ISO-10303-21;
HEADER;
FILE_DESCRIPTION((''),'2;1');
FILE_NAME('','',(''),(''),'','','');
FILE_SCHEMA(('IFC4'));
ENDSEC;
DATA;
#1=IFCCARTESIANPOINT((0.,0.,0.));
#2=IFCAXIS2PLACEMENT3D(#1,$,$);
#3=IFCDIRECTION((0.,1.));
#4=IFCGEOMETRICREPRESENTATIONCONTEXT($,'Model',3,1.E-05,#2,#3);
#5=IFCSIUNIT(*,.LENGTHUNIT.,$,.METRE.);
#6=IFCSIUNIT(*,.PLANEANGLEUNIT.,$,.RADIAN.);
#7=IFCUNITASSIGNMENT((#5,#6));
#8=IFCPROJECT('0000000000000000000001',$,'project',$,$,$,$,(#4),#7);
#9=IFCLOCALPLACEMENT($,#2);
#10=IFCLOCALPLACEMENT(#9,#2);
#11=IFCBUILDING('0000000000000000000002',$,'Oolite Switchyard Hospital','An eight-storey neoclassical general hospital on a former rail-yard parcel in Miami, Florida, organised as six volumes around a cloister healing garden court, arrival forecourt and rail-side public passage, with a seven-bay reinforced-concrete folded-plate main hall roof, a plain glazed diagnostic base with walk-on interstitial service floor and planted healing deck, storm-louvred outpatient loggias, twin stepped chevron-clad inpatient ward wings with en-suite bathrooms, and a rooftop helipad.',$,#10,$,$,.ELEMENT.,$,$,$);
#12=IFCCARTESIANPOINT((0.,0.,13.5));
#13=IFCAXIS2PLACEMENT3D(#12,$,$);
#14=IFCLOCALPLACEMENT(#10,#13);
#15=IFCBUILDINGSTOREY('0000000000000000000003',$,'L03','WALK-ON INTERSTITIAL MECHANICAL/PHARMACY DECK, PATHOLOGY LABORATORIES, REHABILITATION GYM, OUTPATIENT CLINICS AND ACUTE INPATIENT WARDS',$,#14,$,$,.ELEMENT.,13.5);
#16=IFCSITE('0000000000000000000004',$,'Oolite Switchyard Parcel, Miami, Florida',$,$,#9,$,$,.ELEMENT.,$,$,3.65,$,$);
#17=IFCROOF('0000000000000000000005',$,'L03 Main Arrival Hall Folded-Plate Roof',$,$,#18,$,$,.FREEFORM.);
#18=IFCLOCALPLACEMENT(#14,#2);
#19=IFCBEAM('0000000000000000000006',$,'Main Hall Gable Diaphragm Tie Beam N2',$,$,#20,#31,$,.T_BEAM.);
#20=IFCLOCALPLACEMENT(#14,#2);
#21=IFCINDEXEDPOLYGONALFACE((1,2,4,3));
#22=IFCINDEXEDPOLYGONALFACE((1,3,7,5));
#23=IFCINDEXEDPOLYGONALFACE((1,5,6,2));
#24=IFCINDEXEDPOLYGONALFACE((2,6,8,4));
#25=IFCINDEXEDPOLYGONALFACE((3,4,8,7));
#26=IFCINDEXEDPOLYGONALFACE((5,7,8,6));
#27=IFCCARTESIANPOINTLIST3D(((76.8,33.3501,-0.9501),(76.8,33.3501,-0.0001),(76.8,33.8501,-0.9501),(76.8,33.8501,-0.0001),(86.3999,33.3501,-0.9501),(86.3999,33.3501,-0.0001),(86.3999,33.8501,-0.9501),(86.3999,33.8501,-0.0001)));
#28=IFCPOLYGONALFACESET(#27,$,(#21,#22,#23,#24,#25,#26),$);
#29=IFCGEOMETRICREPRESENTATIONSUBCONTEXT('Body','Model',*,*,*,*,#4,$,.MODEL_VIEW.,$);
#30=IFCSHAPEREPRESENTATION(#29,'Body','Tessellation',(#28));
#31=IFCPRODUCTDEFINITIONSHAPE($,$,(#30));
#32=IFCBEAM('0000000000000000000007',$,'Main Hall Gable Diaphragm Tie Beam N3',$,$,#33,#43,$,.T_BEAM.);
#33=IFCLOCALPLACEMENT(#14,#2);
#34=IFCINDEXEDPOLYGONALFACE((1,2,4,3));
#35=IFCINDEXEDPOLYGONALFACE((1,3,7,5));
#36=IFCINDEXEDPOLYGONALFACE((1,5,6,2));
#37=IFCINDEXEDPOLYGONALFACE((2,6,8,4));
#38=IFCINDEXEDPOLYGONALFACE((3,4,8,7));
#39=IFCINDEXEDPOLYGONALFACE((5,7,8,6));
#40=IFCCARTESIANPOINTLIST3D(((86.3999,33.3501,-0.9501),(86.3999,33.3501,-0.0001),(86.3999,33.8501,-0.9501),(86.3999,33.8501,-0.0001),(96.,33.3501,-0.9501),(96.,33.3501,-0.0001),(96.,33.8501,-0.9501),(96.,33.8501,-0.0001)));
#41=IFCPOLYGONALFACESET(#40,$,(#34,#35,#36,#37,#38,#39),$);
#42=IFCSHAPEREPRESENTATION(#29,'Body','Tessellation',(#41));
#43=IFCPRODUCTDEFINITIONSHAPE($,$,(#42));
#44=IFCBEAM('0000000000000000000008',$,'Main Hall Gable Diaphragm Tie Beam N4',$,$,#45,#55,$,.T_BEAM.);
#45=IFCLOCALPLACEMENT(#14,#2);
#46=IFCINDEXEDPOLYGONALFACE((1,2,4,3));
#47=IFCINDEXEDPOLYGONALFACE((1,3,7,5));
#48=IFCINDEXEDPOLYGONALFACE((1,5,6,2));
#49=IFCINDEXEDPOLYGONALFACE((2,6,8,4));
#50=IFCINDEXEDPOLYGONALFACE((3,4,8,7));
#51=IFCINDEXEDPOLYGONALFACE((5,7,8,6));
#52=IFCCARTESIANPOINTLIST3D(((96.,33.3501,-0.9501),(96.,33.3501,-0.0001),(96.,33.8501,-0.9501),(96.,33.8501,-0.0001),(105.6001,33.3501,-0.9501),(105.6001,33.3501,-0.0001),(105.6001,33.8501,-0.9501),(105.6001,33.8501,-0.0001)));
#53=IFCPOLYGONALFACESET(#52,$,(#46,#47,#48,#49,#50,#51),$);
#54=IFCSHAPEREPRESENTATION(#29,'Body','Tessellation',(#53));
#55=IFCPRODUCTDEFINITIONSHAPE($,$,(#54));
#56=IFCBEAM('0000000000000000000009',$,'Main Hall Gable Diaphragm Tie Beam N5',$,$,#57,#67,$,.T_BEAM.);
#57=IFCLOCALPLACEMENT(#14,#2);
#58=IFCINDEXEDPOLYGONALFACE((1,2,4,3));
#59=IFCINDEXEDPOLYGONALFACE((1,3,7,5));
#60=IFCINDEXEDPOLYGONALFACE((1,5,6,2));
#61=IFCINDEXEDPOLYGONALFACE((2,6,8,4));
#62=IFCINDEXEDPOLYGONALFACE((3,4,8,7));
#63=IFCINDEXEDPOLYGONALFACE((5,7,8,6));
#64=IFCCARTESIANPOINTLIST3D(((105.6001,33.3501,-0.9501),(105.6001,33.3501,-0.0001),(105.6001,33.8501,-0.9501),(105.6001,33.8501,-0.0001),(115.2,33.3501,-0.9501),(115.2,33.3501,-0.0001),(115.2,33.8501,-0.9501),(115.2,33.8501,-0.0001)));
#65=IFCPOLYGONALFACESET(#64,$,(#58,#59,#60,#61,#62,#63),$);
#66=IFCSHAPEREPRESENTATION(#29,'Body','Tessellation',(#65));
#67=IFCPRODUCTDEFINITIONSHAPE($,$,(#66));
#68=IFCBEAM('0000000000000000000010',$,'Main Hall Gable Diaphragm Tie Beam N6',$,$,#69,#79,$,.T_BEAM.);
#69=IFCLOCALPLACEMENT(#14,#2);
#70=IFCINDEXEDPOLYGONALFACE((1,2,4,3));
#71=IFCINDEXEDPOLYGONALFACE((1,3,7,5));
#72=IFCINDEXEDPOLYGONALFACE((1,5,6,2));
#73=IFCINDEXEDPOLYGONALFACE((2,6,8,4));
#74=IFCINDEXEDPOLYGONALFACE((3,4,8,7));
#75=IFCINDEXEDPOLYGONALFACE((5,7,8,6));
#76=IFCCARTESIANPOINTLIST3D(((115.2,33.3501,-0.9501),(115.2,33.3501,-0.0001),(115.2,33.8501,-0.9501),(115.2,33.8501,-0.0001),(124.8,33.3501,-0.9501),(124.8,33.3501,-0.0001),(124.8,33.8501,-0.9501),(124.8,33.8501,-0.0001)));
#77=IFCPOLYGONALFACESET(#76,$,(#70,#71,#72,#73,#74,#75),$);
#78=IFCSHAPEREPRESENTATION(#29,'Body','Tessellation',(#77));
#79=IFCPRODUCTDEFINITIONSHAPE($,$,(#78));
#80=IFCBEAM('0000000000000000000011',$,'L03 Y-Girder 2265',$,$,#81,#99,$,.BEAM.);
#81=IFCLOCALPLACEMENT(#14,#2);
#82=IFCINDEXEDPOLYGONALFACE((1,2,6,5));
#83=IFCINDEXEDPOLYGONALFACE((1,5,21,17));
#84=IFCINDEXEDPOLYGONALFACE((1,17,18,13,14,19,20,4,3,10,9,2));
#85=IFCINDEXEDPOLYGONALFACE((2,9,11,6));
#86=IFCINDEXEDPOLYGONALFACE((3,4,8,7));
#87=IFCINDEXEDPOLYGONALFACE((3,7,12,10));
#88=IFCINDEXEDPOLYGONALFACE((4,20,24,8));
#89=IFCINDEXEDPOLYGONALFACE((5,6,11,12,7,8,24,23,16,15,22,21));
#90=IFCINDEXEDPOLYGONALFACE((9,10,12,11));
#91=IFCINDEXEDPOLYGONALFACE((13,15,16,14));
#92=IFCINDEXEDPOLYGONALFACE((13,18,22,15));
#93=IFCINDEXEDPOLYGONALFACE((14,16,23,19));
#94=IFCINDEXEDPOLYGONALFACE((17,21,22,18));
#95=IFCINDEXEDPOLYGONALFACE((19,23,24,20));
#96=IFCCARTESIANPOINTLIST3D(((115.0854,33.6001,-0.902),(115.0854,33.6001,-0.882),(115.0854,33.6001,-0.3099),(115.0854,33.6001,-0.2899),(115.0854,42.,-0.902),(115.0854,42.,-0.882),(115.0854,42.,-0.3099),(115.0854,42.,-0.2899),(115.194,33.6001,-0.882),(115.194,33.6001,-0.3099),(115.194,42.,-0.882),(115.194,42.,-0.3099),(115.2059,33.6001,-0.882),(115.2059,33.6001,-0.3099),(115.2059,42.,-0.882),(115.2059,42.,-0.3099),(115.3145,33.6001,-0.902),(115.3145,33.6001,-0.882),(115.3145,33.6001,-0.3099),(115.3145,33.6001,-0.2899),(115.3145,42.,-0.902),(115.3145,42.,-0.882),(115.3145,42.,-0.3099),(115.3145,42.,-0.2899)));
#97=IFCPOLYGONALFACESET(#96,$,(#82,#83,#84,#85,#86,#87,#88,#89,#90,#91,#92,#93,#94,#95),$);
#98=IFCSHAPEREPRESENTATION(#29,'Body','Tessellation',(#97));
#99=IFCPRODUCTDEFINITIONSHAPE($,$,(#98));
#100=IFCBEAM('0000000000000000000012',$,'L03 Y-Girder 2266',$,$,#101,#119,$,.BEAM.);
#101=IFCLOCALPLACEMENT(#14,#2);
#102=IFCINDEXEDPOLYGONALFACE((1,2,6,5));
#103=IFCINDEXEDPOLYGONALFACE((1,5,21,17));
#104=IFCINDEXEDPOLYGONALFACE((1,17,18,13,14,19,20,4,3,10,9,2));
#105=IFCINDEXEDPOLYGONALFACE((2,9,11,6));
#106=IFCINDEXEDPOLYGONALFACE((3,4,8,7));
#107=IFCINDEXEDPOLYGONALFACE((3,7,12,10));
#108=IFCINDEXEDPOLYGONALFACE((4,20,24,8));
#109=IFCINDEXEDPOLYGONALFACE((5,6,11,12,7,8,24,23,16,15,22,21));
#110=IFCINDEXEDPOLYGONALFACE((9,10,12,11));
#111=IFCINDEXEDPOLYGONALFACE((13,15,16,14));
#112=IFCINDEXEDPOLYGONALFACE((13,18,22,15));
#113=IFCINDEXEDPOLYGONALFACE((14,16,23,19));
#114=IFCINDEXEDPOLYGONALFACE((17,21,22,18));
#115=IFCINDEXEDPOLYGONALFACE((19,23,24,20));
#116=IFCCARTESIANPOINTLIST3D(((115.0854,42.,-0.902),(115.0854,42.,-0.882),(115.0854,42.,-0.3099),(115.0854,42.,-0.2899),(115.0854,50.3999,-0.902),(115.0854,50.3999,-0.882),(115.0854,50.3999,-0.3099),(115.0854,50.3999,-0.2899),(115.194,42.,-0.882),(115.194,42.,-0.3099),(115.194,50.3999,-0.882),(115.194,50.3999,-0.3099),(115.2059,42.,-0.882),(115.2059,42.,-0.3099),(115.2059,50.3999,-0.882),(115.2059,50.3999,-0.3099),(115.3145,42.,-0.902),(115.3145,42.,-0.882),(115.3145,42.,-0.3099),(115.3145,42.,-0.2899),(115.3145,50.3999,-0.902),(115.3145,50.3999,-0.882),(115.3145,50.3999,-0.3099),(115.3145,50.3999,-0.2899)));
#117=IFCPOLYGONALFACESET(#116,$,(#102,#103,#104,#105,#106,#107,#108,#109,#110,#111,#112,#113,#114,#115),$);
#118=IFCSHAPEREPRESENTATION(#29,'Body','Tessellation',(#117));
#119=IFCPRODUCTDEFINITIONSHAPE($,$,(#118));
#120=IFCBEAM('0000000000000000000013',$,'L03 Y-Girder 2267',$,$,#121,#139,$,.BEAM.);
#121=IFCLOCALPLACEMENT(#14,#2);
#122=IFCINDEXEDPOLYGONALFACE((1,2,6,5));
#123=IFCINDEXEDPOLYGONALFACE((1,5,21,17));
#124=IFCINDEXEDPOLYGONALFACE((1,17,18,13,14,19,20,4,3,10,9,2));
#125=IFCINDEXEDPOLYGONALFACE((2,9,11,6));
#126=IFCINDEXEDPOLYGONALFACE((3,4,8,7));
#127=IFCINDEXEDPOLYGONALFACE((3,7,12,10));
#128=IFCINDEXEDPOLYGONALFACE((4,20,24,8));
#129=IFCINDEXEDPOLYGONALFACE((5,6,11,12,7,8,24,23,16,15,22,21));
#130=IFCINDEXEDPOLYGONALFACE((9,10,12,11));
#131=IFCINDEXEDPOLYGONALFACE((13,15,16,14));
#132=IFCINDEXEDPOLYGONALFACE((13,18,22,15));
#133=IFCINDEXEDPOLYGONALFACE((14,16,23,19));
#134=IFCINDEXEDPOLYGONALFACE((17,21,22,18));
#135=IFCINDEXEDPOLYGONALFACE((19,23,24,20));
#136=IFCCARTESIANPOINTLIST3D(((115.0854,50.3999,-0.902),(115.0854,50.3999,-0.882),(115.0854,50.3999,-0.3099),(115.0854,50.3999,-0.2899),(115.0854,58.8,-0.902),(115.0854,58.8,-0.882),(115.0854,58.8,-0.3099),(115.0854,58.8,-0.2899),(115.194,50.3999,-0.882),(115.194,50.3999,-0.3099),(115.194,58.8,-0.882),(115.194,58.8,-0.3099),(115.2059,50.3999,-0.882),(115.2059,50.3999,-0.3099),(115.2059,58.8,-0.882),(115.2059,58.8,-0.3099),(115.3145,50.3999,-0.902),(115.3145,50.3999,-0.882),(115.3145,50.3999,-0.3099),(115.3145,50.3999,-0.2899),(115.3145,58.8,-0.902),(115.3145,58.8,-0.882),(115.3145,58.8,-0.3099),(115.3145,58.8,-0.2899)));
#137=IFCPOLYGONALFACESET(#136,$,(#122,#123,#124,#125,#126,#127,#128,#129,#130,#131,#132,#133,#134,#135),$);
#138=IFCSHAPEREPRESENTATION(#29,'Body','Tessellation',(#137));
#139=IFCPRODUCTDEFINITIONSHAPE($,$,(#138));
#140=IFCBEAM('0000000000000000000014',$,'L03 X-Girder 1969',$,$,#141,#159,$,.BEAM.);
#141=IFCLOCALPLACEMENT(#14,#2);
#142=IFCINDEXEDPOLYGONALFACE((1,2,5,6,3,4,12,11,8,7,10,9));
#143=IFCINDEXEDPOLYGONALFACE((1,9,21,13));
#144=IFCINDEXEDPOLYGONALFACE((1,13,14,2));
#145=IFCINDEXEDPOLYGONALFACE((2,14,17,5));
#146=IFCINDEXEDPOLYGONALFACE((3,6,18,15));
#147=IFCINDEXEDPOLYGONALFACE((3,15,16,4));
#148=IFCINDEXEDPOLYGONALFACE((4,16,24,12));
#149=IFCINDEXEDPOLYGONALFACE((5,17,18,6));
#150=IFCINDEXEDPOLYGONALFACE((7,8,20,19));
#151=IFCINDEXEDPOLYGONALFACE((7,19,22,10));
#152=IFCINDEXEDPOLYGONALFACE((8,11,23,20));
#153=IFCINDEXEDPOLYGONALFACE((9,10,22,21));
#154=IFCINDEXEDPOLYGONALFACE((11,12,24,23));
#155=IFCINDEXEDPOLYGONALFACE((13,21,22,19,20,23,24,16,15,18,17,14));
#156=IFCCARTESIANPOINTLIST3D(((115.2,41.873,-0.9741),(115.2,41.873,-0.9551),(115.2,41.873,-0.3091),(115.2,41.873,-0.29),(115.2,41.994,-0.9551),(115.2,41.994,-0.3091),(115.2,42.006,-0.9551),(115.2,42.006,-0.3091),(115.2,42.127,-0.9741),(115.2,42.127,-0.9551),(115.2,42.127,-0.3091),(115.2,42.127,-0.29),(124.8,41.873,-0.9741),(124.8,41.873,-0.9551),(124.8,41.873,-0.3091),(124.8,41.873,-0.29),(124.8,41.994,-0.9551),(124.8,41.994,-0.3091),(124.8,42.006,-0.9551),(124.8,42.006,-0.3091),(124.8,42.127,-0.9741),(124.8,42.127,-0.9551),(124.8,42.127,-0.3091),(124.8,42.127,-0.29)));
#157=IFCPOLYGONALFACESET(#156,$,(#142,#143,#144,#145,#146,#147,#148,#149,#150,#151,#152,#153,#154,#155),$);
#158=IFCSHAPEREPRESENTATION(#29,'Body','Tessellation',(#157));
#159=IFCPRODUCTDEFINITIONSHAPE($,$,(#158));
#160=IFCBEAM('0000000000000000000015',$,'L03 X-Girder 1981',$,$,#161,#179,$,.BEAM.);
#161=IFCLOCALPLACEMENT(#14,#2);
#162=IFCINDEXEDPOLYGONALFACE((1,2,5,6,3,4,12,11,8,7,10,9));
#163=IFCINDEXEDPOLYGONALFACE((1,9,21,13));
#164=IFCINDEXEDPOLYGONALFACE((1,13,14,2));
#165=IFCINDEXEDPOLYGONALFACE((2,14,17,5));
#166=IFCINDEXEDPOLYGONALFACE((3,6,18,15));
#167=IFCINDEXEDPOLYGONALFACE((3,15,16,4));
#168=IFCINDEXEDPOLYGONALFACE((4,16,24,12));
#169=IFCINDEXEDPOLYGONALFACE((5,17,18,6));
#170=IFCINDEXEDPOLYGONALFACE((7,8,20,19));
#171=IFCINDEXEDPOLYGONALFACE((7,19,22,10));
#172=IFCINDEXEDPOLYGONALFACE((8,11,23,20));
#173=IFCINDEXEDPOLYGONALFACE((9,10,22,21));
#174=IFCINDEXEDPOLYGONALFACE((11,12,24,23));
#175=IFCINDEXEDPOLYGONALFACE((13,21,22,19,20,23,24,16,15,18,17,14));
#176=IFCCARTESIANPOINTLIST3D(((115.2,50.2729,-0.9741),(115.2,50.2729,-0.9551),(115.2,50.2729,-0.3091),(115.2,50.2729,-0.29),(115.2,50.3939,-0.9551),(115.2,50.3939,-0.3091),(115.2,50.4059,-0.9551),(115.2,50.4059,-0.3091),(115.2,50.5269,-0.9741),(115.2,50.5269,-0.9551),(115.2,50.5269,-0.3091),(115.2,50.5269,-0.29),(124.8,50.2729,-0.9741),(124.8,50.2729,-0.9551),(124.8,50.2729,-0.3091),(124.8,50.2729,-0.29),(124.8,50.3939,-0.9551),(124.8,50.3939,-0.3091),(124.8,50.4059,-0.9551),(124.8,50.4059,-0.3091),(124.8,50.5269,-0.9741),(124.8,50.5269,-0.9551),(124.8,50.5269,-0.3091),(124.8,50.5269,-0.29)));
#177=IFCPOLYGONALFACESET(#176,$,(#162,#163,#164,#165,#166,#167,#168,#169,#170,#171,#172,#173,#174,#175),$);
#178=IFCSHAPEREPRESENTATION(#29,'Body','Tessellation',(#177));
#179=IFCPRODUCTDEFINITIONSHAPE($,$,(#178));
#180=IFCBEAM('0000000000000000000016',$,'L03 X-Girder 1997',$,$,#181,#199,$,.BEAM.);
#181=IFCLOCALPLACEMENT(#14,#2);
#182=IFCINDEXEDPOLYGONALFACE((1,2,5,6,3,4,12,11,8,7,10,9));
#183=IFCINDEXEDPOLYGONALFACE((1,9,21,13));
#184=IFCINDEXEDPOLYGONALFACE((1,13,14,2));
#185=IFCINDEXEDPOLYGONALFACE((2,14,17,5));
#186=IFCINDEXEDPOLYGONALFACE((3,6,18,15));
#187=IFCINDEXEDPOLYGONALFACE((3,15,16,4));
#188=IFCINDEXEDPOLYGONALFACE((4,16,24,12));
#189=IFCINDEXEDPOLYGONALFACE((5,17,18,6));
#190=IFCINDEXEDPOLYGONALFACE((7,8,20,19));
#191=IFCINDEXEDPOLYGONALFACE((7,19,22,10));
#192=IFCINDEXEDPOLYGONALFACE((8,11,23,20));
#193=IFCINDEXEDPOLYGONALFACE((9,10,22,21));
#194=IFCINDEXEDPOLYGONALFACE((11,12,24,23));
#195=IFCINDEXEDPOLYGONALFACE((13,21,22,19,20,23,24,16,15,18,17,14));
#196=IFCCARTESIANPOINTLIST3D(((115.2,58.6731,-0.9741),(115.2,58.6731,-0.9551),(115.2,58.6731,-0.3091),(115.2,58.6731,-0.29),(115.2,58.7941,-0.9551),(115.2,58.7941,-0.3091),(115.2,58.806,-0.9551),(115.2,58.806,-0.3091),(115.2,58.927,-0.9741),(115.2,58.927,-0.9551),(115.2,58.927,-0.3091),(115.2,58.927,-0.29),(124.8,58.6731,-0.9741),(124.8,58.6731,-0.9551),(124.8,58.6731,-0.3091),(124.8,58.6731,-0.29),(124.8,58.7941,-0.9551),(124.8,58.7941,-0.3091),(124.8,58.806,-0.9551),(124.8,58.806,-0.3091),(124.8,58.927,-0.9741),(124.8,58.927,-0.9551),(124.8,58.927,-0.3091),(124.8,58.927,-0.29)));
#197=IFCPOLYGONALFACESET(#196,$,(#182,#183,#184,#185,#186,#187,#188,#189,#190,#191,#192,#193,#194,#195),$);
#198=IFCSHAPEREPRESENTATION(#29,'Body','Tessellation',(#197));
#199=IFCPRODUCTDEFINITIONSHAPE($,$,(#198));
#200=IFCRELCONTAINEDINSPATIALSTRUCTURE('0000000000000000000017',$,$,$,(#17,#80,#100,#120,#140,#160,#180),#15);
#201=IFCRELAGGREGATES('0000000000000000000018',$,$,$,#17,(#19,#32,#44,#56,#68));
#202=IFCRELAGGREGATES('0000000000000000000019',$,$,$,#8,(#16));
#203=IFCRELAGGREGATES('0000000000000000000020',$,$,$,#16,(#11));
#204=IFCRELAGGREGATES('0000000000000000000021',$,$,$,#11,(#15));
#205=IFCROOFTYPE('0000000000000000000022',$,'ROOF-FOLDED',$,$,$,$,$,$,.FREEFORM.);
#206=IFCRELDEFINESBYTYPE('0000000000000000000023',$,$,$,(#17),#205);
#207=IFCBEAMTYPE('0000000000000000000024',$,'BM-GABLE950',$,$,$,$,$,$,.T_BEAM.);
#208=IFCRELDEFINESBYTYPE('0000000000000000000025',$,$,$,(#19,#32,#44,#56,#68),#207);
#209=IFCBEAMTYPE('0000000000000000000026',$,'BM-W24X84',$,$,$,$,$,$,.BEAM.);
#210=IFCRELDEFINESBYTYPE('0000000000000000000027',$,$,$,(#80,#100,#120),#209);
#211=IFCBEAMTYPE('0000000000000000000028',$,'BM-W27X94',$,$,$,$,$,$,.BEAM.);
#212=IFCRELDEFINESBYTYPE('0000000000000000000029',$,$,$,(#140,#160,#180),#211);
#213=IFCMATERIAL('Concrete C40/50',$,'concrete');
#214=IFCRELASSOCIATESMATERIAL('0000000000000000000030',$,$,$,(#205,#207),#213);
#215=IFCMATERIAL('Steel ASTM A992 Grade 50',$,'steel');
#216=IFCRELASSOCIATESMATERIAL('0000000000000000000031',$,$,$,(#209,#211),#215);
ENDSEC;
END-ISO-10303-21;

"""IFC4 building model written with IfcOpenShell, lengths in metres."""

from ifc_helpers import new_model, si_unit, direction, frame, origin, origin_2d, place, context, subcontext, project, spatial, rectangle, i_section, extrude, material, material_profile, profile_set, type_object, element, aggregate, save


model = new_model("IFC4")

# Units and contexts
model_context = context("Model", 3, precision=1e-05, world=origin(), true_north=direction((0.0, 1.0)))
body_context = subcontext(model_context, "Body", "Model", "MODEL_VIEW")
ifc_project = project(units=[si_unit("LENGTHUNIT", "METRE"), si_unit("PLANEANGLEUNIT", "RADIAN")], contexts=[model_context])

# Site, building, storey
site_placement = place(None, origin())
site = spatial("IfcSite", under=ifc_project, at=site_placement, Name="Oolite Switchyard Parcel, Miami, Florida", CompositionType="ELEMENT", RefElevation=3.65)
building_placement = place(site_placement, origin())
building = spatial("IfcBuilding", under=site, at=building_placement, Name="Oolite Switchyard Hospital", Description="An eight-storey neoclassical general hospital on a former rail-yard parcel in Miami, Florida, organised as six volumes around a cloister healing garden court, arrival forecourt and rail-side public passage, with a seven-bay reinforced-concrete folded-plate main hall roof, a plain glazed diagnostic base with walk-on interstitial service floor and planted healing deck, storm-louvred outpatient loggias, twin stepped chevron-clad inpatient ward wings with en-suite bathrooms, and a rooftop helipad.", CompositionType="ELEMENT")
storey_placement = place(building_placement, frame((0.0, 0.0, 13.5)))
storey = spatial("IfcBuildingStorey", under=building, at=storey_placement, Name="L03", Description="WALK-ON INTERSTITIAL MECHANICAL/PHARMACY DECK, PATHOLOGY LABORATORIES, REHABILITATION GYM, OUTPATIENT CLINICS AND ACUTE INPATIENT WARDS", CompositionType="ELEMENT", Elevation=13.5)

# Roof, beams
ifc_material_1 = material(Name="Concrete C40/50", Category="concrete")
roof_type = type_object("IfcRoofType", Name="ROOF-FOLDED", PredefinedType="FREEFORM", material=ifc_material_1)
roof_placement = place(storey_placement, origin())
roof = element("IfcRoof", 1, at=roof_placement, inside=storey, type_object=roof_type, Name="L03 Main Arrival Hall Folded-Plate Roof", PredefinedType="FREEFORM")
ifc_material_profile_1 = material_profile(ifc_material_1, rectangle(XDim=0.5, YDim=0.95, at=origin_2d()), Name="RCG500X950")
ifc_profile_set_1 = profile_set([ifc_material_profile_1], Name="Concrete C40/50")
beam_type_1 = type_object("IfcBeamType", Name="BM-GABLE950", PredefinedType="T_BEAM", material=ifc_profile_set_1)
beam_1_placement = place(storey_placement, frame((76.8, 33.6001, -0.4751), z_axis=(1.0, 0.0, 0.0), x_axis=(0.0, 1.0, 0.0)))
beam_1 = element("IfcBeam", 2, at=beam_1_placement, type_object=beam_type_1, Name="Main Hall Gable Diaphragm Tie Beam N2", PredefinedType="T_BEAM", context=body_context, shape_type="SweptSolid", body=[
    extrude(rectangle(XDim=0.5, YDim=0.95, at=origin_2d()), origin(), (0.0, 0.0, 1.0), 9.5999),
])
beam_2_placement = place(storey_placement, frame((86.3999, 33.6001, -0.4751), z_axis=(1.0, 0.0, 0.0), x_axis=(0.0, 1.0, 0.0)))
beam_2 = element("IfcBeam", 3, at=beam_2_placement, type_object=beam_type_1, Name="Main Hall Gable Diaphragm Tie Beam N3", PredefinedType="T_BEAM", context=body_context, shape_type="SweptSolid", body=[
    extrude(rectangle(XDim=0.5, YDim=0.95, at=origin_2d()), origin(), (0.0, 0.0, 1.0), 9.6001),
])
beam_3_placement = place(storey_placement, frame((96.0, 33.6001, -0.4751), z_axis=(1.0, 0.0, 0.0), x_axis=(0.0, 1.0, 0.0)))
beam_3 = element("IfcBeam", 4, at=beam_3_placement, type_object=beam_type_1, Name="Main Hall Gable Diaphragm Tie Beam N4", PredefinedType="T_BEAM", context=body_context, shape_type="SweptSolid", body=[
    extrude(rectangle(XDim=0.5, YDim=0.95, at=origin_2d()), origin(), (0.0, 0.0, 1.0), 9.6001),
])
beam_4_placement = place(storey_placement, frame((105.6001, 33.6001, -0.4751), z_axis=(1.0, 0.0, 0.0), x_axis=(0.0, 1.0, 0.0)))
beam_4 = element("IfcBeam", 5, at=beam_4_placement, type_object=beam_type_1, Name="Main Hall Gable Diaphragm Tie Beam N5", PredefinedType="T_BEAM", context=body_context, shape_type="SweptSolid", body=[
    extrude(rectangle(XDim=0.5, YDim=0.95, at=origin_2d()), origin(), (0.0, 0.0, 1.0), 9.5999),
])
beam_5_placement = place(storey_placement, frame((115.2, 33.6001, -0.4751), z_axis=(1.0, 0.0, 0.0), x_axis=(0.0, 1.0, 0.0)))
beam_5 = element("IfcBeam", 6, at=beam_5_placement, type_object=beam_type_1, Name="Main Hall Gable Diaphragm Tie Beam N6", PredefinedType="T_BEAM", context=body_context, shape_type="SweptSolid", body=[
    extrude(rectangle(XDim=0.5, YDim=0.95, at=origin_2d()), origin(), (0.0, 0.0, 1.0), 9.6001),
])

# Beams
ifc_material_2 = material(Name="Steel ASTM A992 Grade 50", Category="steel")
ifc_material_profile_2 = material_profile(ifc_material_2, i_section(OverallWidth=0.229, OverallDepth=0.6121, WebThickness=0.012, FlangeThickness=0.02, at=origin_2d()), Name="W24X84")
ifc_profile_set_2 = profile_set([ifc_material_profile_2], Name="Steel ASTM A992 Grade 50")
beam_type_2 = type_object("IfcBeamType", Name="BM-W24X84", PredefinedType="BEAM", material=ifc_profile_set_2)
for number, where, z_axis, x_axis, name in (
    (7, (115.2, 33.6001, -0.5959), (0.0, 1.0, 0.0), (-1.0, 0.0, 0.0), "L03 Y-Girder 2265"),
    (8, (115.2, 42.0, -0.5959), (0.0, 1.0, 0.0), (-1.0, 0.0, 0.0), "L03 Y-Girder 2266"),
):
    element("IfcBeam", number, at=place(storey_placement, frame(where, z_axis=z_axis, x_axis=x_axis)), inside=storey, type_object=beam_type_2, Name=name, PredefinedType="BEAM", context=body_context, shape_type="SweptSolid", body=[
        extrude(i_section(OverallWidth=0.229, OverallDepth=0.6121, WebThickness=0.012, FlangeThickness=0.02, at=origin_2d()), origin(), (0.0, 0.0, 1.0), 8.3999),
    ])
beam_6_placement = place(storey_placement, frame((115.2, 50.3999, -0.5959), z_axis=(0.0, 1.0, 0.0), x_axis=(-1.0, 0.0, 0.0)))
element("IfcBeam", 9, at=beam_6_placement, inside=storey, type_object=beam_type_2, Name="L03 Y-Girder 2267", PredefinedType="BEAM", context=body_context, shape_type="SweptSolid", body=[
    extrude(i_section(OverallWidth=0.229, OverallDepth=0.6121, WebThickness=0.012, FlangeThickness=0.02, at=origin_2d()), origin(), (0.0, 0.0, 1.0), 8.4001),
])
ifc_material_profile_3 = material_profile(ifc_material_2, i_section(OverallWidth=0.2539, OverallDepth=0.6841, WebThickness=0.012, FlangeThickness=0.019, at=origin_2d()), Name="W27X94")
ifc_profile_set_3 = profile_set([ifc_material_profile_3], Name="Steel ASTM A992 Grade 50")
beam_type_3 = type_object("IfcBeamType", Name="BM-W27X94", PredefinedType="BEAM", material=ifc_profile_set_3)
for number, where, z_axis, x_axis, name in (
    (10, (115.2, 42.0, -0.6321), (1.0, 0.0, 0.0), (0.0, 1.0, 0.0), "L03 X-Girder 1969"),
    (11, (115.2, 50.3999, -0.6321), (1.0, 0.0, 0.0), (0.0, 1.0, 0.0), "L03 X-Girder 1981"),
    (12, (115.2, 58.8, -0.6321), (1.0, 0.0, 0.0), (0.0, 1.0, 0.0), "L03 X-Girder 1997"),
):
    element("IfcBeam", number, at=place(storey_placement, frame(where, z_axis=z_axis, x_axis=x_axis)), inside=storey, type_object=beam_type_3, Name=name, PredefinedType="BEAM", context=body_context, shape_type="SweptSolid", body=[
        extrude(i_section(OverallWidth=0.2539, OverallDepth=0.6841, WebThickness=0.012, FlangeThickness=0.019, at=origin_2d()), origin(), (0.0, 0.0, 1.0), 9.6001),
    ])

aggregate(roof, [beam_1, beam_2, beam_3, beam_4, beam_5])

save(model, "model.ifc")
